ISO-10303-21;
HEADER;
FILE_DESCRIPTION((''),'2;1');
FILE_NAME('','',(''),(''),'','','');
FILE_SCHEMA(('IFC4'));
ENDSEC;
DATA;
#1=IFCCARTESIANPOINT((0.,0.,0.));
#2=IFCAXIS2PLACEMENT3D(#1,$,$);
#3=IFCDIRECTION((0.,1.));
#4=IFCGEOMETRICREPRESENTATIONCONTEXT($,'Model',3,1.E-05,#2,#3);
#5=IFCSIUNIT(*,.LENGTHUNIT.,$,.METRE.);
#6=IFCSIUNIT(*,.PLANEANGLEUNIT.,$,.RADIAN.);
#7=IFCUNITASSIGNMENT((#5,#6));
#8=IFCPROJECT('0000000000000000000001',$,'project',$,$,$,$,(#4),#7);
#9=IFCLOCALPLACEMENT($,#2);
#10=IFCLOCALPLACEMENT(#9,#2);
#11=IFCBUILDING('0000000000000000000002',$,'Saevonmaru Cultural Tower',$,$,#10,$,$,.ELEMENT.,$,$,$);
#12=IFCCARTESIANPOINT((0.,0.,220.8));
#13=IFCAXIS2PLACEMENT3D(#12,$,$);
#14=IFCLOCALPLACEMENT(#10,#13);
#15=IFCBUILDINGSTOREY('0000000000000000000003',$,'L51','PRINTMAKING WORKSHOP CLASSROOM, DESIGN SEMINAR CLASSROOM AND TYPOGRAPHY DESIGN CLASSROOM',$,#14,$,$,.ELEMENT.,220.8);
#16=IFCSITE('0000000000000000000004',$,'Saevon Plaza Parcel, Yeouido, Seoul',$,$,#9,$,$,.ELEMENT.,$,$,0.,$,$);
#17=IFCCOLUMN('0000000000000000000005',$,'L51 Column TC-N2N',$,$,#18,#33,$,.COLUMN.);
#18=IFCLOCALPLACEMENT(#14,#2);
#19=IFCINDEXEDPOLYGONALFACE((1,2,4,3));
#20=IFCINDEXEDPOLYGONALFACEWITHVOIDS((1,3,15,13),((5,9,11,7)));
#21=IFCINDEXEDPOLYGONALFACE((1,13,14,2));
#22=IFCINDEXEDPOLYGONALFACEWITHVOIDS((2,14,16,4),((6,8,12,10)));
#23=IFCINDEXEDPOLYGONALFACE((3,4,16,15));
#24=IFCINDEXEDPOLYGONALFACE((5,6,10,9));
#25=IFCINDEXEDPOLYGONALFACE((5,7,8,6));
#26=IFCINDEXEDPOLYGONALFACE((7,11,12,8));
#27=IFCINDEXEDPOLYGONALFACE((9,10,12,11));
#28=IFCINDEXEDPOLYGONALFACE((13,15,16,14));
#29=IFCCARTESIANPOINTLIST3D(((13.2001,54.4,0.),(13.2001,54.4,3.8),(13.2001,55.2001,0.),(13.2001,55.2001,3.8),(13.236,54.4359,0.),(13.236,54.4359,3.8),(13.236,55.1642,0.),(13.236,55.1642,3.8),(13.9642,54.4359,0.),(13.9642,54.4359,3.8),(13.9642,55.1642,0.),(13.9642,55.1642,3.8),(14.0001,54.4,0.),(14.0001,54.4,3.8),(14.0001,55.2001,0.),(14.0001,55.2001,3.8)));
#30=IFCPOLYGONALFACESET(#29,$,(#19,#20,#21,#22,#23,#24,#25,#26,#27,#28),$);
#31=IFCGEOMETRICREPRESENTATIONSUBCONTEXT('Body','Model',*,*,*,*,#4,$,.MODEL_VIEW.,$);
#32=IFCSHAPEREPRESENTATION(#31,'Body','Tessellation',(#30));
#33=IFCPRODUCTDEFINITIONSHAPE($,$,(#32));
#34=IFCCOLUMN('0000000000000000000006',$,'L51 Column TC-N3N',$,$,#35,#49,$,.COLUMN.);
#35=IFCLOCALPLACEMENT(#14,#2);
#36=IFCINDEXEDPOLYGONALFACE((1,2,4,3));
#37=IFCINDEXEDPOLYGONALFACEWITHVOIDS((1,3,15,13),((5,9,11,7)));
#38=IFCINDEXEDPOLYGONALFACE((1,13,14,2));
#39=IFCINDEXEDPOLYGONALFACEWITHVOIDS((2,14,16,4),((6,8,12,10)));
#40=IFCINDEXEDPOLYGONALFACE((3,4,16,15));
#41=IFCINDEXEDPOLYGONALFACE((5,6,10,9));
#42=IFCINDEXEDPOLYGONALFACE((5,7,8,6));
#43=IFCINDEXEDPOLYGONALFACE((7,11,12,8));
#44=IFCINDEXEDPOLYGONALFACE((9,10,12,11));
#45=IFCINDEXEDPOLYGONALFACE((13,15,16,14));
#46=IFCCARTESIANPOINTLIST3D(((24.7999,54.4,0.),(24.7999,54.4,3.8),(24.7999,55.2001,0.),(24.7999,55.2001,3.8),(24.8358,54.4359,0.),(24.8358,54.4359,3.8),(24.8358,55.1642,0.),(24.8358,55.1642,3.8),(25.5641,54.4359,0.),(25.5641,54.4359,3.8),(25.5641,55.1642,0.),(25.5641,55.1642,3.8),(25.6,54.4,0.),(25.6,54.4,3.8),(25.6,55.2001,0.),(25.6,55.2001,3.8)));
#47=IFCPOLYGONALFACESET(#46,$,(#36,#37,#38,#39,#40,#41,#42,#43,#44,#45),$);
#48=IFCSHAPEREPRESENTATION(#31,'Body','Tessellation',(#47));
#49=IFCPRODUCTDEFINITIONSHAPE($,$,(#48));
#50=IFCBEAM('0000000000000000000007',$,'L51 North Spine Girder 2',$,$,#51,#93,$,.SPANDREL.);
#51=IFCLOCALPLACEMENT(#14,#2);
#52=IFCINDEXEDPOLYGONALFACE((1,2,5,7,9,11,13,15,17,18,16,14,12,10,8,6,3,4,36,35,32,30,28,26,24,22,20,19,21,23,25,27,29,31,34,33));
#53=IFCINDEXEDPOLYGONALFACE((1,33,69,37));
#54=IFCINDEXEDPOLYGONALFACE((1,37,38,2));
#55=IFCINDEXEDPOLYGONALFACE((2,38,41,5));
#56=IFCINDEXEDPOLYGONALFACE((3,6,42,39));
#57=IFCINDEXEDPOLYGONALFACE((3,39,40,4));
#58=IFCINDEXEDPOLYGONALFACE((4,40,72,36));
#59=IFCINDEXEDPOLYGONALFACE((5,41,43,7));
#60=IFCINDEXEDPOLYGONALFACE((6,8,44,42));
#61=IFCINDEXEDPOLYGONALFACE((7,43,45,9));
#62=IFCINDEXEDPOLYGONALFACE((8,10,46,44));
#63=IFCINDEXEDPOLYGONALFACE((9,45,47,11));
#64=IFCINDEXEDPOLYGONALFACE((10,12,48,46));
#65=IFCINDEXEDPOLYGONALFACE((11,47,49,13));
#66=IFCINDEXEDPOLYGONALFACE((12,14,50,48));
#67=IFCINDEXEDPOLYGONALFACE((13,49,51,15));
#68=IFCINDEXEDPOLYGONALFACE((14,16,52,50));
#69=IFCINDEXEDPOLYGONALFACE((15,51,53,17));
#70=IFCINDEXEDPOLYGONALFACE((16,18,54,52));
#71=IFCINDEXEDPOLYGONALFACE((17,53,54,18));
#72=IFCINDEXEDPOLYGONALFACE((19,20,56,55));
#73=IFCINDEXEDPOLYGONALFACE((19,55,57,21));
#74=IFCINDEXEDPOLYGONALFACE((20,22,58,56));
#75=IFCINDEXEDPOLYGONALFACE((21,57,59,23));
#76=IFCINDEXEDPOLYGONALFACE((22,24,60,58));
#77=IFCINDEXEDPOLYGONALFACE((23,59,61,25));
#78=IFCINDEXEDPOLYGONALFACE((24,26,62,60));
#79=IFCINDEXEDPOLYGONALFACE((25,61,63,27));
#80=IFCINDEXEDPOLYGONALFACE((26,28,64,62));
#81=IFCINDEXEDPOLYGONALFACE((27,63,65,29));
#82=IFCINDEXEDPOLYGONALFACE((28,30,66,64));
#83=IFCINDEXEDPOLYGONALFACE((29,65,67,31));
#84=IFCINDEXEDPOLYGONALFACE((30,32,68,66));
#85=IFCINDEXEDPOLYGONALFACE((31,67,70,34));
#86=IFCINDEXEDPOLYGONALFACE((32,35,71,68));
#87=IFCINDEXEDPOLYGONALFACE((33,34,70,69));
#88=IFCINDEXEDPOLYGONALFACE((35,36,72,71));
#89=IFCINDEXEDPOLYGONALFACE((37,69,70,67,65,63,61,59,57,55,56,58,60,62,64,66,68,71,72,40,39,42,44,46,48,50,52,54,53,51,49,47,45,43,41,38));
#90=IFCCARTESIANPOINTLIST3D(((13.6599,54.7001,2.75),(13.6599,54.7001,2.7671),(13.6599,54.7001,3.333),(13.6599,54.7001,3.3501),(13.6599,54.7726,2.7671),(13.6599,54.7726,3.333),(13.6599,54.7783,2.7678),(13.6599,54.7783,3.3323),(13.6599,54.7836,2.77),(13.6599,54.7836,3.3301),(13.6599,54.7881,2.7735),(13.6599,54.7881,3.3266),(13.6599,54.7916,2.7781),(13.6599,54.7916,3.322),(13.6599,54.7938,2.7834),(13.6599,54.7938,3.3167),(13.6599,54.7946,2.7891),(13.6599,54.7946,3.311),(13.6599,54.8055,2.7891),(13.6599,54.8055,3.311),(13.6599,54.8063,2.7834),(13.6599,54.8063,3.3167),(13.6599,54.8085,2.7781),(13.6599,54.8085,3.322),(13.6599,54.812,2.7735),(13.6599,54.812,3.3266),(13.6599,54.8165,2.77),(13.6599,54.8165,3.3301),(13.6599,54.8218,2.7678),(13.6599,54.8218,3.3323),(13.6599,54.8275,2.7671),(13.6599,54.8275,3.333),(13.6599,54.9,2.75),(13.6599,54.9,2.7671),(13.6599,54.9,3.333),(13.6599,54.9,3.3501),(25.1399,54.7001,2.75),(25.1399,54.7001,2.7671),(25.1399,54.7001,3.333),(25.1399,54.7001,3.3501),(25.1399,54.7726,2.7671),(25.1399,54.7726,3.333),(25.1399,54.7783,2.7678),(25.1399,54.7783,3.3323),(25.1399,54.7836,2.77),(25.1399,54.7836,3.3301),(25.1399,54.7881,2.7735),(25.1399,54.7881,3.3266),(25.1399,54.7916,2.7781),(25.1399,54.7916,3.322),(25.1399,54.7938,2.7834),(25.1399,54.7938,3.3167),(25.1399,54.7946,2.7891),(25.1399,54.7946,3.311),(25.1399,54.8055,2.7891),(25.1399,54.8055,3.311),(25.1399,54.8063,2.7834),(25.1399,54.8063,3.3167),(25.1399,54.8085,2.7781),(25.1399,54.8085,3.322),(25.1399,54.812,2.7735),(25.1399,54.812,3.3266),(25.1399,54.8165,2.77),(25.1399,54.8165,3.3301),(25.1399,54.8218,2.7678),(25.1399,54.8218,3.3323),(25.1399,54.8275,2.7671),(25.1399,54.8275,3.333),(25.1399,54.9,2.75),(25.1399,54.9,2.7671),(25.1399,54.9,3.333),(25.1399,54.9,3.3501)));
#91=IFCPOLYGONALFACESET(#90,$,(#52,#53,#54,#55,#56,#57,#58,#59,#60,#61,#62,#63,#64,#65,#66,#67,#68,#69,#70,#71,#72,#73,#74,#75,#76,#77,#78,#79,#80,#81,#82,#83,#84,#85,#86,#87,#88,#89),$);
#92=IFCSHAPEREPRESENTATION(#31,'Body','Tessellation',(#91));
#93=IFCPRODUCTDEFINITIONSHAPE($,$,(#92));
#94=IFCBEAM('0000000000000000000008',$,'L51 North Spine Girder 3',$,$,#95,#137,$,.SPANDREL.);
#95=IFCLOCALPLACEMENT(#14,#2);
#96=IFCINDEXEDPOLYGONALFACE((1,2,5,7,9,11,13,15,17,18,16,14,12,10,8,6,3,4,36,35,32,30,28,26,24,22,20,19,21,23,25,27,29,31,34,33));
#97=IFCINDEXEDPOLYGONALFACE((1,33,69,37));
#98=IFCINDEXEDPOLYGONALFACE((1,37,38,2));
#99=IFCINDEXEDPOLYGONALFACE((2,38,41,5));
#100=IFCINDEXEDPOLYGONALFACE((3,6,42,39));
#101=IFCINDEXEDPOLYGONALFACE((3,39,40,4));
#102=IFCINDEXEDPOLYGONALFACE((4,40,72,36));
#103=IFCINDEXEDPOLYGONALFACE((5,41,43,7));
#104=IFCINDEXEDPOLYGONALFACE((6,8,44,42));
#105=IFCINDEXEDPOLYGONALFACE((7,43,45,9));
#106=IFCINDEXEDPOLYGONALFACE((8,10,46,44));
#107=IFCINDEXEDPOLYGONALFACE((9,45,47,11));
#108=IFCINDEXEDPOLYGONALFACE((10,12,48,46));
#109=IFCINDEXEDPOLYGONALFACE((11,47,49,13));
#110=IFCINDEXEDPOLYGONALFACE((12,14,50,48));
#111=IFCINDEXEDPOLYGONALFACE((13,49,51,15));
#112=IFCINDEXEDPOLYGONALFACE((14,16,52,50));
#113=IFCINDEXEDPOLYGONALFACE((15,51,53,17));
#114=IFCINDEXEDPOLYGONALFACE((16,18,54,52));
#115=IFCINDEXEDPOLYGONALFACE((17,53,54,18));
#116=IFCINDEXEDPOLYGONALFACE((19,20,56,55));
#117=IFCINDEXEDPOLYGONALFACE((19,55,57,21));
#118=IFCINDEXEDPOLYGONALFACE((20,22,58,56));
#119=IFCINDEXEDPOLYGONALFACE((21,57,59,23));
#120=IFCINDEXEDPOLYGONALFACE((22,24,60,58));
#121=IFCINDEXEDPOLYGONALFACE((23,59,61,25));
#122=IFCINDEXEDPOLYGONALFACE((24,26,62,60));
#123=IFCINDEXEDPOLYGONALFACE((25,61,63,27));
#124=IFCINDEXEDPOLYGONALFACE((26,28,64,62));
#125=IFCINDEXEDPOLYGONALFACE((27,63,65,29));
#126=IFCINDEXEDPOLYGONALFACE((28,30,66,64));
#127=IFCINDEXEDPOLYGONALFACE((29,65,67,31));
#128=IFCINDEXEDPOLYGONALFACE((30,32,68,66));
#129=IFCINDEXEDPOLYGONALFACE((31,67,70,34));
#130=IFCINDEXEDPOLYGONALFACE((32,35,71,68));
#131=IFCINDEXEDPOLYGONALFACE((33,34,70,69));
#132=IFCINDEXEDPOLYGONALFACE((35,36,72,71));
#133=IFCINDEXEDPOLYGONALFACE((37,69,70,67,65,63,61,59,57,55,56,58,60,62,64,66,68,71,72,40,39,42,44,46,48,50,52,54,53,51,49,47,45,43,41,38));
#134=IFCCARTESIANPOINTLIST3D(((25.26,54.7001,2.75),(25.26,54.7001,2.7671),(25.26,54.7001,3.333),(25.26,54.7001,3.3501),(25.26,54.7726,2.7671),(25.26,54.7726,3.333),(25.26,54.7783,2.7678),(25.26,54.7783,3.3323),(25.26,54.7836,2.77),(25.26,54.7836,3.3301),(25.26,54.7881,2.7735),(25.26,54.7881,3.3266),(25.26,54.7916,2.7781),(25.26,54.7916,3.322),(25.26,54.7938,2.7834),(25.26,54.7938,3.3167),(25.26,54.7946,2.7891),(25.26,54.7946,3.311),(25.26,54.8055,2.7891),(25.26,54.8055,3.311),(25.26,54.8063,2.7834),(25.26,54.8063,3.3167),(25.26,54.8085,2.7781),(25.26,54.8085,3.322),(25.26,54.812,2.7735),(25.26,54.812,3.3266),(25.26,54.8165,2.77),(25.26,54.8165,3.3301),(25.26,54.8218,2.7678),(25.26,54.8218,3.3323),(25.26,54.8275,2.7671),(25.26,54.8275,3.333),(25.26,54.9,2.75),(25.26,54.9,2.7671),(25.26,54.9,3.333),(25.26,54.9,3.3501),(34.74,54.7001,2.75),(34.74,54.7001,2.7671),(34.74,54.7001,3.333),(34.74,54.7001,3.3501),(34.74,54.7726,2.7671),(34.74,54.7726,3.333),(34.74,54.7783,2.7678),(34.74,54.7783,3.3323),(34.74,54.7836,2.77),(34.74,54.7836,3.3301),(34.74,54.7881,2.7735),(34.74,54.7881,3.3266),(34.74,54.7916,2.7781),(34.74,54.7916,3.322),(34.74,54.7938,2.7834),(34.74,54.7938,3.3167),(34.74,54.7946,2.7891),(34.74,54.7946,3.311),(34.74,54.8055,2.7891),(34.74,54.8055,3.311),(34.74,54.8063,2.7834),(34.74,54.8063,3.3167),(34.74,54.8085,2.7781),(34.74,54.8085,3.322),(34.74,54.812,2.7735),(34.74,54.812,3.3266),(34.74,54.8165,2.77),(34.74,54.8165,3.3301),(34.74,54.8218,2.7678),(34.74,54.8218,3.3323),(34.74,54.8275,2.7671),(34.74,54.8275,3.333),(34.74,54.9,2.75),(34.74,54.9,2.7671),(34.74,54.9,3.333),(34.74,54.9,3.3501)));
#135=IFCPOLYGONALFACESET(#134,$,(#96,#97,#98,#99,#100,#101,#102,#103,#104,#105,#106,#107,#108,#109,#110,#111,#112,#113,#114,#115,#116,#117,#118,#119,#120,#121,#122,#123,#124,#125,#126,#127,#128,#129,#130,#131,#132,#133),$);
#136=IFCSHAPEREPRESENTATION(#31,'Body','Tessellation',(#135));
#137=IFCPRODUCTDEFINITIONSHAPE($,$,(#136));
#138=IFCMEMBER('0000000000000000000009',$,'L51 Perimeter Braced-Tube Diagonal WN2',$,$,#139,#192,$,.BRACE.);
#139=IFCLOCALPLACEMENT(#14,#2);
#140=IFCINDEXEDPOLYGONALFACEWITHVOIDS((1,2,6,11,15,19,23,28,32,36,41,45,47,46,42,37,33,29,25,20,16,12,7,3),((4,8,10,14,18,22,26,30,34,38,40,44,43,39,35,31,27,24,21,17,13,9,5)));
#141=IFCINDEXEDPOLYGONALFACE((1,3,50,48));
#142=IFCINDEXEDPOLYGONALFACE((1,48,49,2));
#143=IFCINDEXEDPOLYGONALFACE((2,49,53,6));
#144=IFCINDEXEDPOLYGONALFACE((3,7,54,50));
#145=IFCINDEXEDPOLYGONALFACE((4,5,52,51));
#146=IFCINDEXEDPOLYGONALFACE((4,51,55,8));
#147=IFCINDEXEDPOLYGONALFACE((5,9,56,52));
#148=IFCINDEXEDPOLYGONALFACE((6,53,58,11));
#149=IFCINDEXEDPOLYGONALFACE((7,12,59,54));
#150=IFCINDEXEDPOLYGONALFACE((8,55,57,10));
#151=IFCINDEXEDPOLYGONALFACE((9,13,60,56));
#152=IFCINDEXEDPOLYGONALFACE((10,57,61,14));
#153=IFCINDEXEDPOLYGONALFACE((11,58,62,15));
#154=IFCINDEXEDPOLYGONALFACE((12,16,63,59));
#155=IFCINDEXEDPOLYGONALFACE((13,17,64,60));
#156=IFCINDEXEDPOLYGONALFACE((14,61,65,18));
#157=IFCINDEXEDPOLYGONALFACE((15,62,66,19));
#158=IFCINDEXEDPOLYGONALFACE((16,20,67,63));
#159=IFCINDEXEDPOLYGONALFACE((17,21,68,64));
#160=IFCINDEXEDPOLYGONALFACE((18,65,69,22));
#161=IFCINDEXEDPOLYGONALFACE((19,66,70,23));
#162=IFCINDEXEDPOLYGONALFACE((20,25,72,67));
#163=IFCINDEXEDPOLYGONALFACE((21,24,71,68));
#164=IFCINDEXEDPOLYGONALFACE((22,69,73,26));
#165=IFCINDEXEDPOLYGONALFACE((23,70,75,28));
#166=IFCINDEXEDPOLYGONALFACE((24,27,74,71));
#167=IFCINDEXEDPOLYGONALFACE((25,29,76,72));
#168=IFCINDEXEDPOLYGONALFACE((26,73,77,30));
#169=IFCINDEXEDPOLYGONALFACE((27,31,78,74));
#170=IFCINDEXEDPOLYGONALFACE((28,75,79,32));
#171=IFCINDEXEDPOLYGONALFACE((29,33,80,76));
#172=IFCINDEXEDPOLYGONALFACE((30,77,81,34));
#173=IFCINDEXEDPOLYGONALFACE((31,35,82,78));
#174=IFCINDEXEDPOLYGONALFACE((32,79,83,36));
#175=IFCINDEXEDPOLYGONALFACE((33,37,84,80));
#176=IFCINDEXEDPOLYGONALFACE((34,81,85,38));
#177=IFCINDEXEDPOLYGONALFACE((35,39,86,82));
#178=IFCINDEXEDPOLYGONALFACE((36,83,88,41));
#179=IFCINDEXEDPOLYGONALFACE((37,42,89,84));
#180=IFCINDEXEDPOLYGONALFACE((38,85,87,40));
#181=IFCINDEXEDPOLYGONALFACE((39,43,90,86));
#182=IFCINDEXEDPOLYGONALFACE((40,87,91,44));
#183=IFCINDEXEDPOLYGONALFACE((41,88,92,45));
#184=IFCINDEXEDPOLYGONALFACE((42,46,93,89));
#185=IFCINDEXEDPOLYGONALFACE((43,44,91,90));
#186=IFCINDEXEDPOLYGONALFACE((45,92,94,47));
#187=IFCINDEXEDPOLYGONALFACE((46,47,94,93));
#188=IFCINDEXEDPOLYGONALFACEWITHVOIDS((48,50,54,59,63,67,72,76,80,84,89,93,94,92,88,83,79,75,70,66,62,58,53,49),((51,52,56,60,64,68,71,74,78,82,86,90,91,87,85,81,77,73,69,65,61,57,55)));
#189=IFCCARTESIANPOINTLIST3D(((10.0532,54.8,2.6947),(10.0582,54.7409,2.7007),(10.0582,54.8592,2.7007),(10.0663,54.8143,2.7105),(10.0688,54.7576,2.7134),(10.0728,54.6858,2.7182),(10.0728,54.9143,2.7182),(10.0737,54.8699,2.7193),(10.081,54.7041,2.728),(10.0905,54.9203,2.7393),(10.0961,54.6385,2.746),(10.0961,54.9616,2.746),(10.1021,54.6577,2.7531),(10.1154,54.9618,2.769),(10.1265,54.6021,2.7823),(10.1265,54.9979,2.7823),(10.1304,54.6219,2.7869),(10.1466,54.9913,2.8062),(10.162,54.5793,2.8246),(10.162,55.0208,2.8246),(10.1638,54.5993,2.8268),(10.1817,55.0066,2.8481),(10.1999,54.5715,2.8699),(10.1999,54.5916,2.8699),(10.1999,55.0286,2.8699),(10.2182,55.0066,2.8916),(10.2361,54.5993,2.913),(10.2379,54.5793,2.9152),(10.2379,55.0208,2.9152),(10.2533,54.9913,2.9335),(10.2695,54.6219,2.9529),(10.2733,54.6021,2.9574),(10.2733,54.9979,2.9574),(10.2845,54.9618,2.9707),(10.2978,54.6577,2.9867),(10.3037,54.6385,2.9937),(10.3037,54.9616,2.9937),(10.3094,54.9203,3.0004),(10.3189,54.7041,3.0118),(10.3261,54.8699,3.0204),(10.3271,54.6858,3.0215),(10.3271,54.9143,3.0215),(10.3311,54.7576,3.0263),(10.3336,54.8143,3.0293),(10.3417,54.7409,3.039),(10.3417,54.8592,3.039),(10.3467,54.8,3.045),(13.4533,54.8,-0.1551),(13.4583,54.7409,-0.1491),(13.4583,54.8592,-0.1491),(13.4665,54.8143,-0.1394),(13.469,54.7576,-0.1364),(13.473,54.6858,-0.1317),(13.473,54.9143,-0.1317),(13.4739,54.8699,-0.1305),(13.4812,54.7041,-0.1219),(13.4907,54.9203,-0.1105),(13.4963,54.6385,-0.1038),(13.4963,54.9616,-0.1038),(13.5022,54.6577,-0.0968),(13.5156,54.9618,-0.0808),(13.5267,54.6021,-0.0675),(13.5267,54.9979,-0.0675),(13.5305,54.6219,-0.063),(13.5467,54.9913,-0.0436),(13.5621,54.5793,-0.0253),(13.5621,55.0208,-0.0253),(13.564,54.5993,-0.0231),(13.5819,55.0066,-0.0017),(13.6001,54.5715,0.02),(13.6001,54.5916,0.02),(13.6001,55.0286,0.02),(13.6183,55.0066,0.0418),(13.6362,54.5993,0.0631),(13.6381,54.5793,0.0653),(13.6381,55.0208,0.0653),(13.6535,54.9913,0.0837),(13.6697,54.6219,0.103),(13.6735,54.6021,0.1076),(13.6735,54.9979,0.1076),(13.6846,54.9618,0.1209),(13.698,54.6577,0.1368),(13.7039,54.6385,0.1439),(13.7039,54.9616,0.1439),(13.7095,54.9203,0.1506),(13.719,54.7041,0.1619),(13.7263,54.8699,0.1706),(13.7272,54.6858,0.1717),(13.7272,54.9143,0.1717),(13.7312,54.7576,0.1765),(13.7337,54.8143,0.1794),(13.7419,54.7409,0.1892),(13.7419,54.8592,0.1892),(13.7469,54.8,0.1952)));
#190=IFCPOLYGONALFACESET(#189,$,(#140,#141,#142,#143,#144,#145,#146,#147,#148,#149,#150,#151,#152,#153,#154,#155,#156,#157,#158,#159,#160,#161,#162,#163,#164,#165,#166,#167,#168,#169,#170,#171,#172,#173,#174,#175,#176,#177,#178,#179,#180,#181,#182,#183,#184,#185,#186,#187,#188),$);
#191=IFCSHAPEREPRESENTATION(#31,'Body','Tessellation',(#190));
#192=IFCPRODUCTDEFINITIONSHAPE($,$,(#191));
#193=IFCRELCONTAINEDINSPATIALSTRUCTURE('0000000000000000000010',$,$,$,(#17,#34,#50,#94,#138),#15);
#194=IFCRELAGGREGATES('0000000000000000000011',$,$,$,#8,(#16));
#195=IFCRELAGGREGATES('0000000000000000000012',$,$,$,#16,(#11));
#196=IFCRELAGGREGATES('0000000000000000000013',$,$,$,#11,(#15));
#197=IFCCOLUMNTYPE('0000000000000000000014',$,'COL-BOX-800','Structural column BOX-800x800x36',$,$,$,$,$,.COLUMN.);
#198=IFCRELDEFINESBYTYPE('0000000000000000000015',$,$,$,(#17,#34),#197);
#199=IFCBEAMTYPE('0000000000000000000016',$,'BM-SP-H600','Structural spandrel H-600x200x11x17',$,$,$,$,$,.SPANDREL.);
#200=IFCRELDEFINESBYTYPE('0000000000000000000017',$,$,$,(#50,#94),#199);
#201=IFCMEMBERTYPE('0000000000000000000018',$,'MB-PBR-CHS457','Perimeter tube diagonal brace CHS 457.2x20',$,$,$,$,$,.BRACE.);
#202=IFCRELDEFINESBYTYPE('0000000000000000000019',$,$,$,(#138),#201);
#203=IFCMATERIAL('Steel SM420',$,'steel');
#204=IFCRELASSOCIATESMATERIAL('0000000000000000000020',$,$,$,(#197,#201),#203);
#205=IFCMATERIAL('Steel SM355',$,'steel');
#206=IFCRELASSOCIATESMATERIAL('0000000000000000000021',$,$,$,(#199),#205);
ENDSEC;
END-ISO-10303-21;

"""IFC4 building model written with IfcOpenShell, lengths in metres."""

from ifc_helpers import new_model, si_unit, direction, frame, origin, origin_2d, place, context, subcontext, project, spatial, hollow_rectangle, hollow_circle, i_section, extrude, material, material_profile, profile_set, type_object, element, save


model = new_model("IFC4")

# Units and contexts
model_context = context("Model", 3, precision=1e-05, world=origin(), true_north=direction((0.0, 1.0)))
body_context = subcontext(model_context, "Body", "Model", "MODEL_VIEW")
ifc_project = project(units=[si_unit("LENGTHUNIT", "METRE"), si_unit("PLANEANGLEUNIT", "RADIAN")], contexts=[model_context])

# Site, building, storey
site_placement = place(None, origin())
site = spatial("IfcSite", under=ifc_project, at=site_placement, Name="Saevon Plaza Parcel, Yeouido, Seoul", CompositionType="ELEMENT", RefElevation=0.0)
building_placement = place(site_placement, origin())
building = spatial("IfcBuilding", under=site, at=building_placement, Name="Saevonmaru Cultural Tower", CompositionType="ELEMENT")
storey_placement = place(building_placement, frame((0.0, 0.0, 220.8)))
storey = spatial("IfcBuildingStorey", under=building, at=storey_placement, Name="L51", Description="PRINTMAKING WORKSHOP CLASSROOM, DESIGN SEMINAR CLASSROOM AND TYPOGRAPHY DESIGN CLASSROOM", CompositionType="ELEMENT", Elevation=220.8)

# Columns
ifc_material_1 = material(Name="Steel SM420", Category="steel")
ifc_material_profile_1 = material_profile(ifc_material_1, hollow_rectangle(XDim=0.8, YDim=0.8, WallThickness=0.0359, at=origin_2d()), Name="BOX-800x800x36")
ifc_profile_set_1 = profile_set([ifc_material_profile_1], Name="Steel SM420")
column_type = type_object("IfcColumnType", Name="COL-BOX-800", Description="Structural column BOX-800x800x36", PredefinedType="COLUMN", material=ifc_profile_set_1)
for number, where, z_axis, x_axis, name in (
    (1, (13.6001, 54.8, 0.0), (0.0, 0.0, 1.0), (1.0, 0.0, 0.0), "L51 Column TC-N2N"),
    (2, (25.2, 54.8, 0.0), (0.0, 0.0, 1.0), (1.0, 0.0, 0.0), "L51 Column TC-N3N"),
):
    element("IfcColumn", number, at=place(storey_placement, frame(where, z_axis=z_axis, x_axis=x_axis)), inside=storey, type_object=column_type, Name=name, PredefinedType="COLUMN", context=body_context, shape_type="SweptSolid", body=[
        extrude(hollow_rectangle(XDim=0.8, YDim=0.8, WallThickness=0.0359, at=origin_2d()), origin(), (0.0, 0.0, 1.0), 3.8),
    ])

# Beams
ifc_material_2 = material(Name="Steel SM355", Category="steel")
ifc_material_profile_2 = material_profile(ifc_material_2, i_section(OverallWidth=0.2, OverallDepth=0.6001, WebThickness=0.011, FlangeThickness=0.0171, FilletRadius=0.022, at=origin_2d()), Name="H-600x200x11x17")
ifc_profile_set_2 = profile_set([ifc_material_profile_2], Name="Steel SM355")
beam_type = type_object("IfcBeamType", Name="BM-SP-H600", Description="Structural spandrel H-600x200x11x17", PredefinedType="SPANDREL", material=ifc_profile_set_2)
beam_1_placement = place(storey_placement, frame((13.6599, 54.8, 3.05), z_axis=(1.0, 0.0, 0.0), x_axis=(0.0, 1.0, 0.0)))
element("IfcBeam", 3, at=beam_1_placement, inside=storey, type_object=beam_type, Name="L51 North Spine Girder 2", PredefinedType="SPANDREL", context=body_context, shape_type="SweptSolid", body=[
    extrude(i_section(OverallWidth=0.2, OverallDepth=0.6001, WebThickness=0.011, FlangeThickness=0.0171, FilletRadius=0.022, at=origin_2d()), origin(), (0.0, 0.0, 1.0), 11.48),
])
beam_2_placement = place(storey_placement, frame((25.26, 54.8, 3.05), z_axis=(1.0, 0.0, 0.0), x_axis=(0.0, 1.0, 0.0)))
element("IfcBeam", 4, at=beam_2_placement, inside=storey, type_object=beam_type, Name="L51 North Spine Girder 3", PredefinedType="SPANDREL", context=body_context, shape_type="SweptSolid", body=[
    extrude(i_section(OverallWidth=0.2, OverallDepth=0.6001, WebThickness=0.011, FlangeThickness=0.0171, FilletRadius=0.022, at=origin_2d()), origin(), (0.0, 0.0, 1.0), 9.48),
])

# Member
ifc_material_profile_3 = material_profile(ifc_material_1, hollow_circle(Radius=0.2285, WallThickness=0.02, at=origin_2d()), Name="CHS-457.2x20")
ifc_profile_set_3 = profile_set([ifc_material_profile_3], Name="Steel SM420")
member_type_1 = type_object("IfcMemberType", Name="MB-PBR-CHS457", Description="Perimeter tube diagonal brace CHS 457.2x20", PredefinedType="BRACE", material=ifc_profile_set_3)
member_1_placement = place(storey_placement, frame((13.6001, 54.8, 0.02), z_axis=(-0.7664, 0.0, 0.642363), x_axis=(0.0, -1.0, 0.0)))
element("IfcMember", 5, at=member_1_placement, inside=storey, type_object=member_type_1, Name="L51 Perimeter Braced-Tube Diagonal WN2", PredefinedType="BRACE", context=body_context, shape_type="SweptSolid", body=[
    extrude(hollow_circle(Radius=0.2285, WallThickness=0.02, at=origin_2d()), origin(), (0.0, 0.0, 1.0), 4.4365),
])

save(model, "model.ifc")
